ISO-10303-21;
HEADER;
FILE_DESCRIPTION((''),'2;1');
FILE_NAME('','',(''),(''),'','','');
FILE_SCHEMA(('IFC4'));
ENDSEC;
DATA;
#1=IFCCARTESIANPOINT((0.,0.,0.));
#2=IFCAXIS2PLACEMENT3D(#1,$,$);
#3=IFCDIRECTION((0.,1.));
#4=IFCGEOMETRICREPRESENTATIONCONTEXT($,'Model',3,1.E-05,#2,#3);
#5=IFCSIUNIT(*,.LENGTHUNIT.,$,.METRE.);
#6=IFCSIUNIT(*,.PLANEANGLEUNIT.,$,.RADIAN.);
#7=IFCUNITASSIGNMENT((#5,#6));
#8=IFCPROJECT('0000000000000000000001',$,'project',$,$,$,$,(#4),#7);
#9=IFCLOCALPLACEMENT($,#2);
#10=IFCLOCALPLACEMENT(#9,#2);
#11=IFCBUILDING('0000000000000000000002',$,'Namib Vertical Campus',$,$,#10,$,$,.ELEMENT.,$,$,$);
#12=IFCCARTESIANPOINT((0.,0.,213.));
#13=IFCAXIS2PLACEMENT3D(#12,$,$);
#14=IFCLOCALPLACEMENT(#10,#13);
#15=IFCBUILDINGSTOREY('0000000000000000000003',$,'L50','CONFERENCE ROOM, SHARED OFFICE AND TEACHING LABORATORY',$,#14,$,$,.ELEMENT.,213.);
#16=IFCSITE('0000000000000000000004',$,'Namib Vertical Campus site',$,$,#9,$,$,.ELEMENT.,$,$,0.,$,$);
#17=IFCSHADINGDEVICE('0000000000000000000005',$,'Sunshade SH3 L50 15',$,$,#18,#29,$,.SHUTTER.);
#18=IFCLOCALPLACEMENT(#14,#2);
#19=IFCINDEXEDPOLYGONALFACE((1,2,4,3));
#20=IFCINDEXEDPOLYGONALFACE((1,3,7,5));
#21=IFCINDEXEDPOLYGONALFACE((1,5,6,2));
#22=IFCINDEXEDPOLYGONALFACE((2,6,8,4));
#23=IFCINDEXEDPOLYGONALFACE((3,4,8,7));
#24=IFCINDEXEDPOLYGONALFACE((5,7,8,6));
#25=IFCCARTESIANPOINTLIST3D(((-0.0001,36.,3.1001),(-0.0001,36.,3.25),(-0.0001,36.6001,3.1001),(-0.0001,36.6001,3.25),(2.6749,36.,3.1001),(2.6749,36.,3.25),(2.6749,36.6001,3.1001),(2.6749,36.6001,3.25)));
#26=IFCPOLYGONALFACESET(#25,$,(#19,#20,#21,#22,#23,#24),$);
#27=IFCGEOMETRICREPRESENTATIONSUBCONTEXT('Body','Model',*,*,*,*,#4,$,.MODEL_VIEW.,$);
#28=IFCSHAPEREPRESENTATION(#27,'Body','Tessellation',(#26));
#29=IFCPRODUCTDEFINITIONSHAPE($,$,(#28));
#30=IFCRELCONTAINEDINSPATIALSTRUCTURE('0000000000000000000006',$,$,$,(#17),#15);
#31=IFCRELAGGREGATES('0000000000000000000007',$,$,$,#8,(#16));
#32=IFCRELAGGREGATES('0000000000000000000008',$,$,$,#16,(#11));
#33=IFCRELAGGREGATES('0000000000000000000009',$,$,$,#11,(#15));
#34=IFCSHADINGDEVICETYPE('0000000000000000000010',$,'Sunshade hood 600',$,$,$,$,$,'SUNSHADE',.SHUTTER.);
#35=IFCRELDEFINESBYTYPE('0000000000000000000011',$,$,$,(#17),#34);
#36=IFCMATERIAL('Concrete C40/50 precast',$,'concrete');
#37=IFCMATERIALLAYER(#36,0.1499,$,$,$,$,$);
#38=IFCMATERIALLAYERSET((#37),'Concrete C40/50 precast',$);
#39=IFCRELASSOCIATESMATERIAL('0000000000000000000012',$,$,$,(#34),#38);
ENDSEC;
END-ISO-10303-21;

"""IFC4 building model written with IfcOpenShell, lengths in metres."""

from ifc_helpers import new_model, si_unit, direction, frame, origin, origin_2d, place, context, subcontext, project, spatial, rectangle, extrude, material, layer, layer_set, type_object, element, save


model = new_model("IFC4")

# Units and contexts
model_context = context("Model", 3, precision=1e-05, world=origin(), true_north=direction((0.0, 1.0)))
body_context = subcontext(model_context, "Body", "Model", "MODEL_VIEW")
ifc_project = project(units=[si_unit("LENGTHUNIT", "METRE"), si_unit("PLANEANGLEUNIT", "RADIAN")], contexts=[model_context])

# Site, building, storey
site_placement = place(None, origin())
site = spatial("IfcSite", under=ifc_project, at=site_placement, Name="Namib Vertical Campus site", CompositionType="ELEMENT", RefElevation=0.0)
building_placement = place(site_placement, origin())
building = spatial("IfcBuilding", under=site, at=building_placement, Name="Namib Vertical Campus", CompositionType="ELEMENT")
storey_placement = place(building_placement, frame((0.0, 0.0, 213.0)))
storey = spatial("IfcBuildingStorey", under=building, at=storey_placement, Name="L50", Description="CONFERENCE ROOM, SHARED OFFICE AND TEACHING LABORATORY", CompositionType="ELEMENT", Elevation=213.0)

# Shading device
ifc_material_1 = material(Name="Concrete C40/50 precast", Category="concrete")
ifc_layer_1 = layer(ifc_material_1, 0.1499)
ifc_layer_set_1 = layer_set([ifc_layer_1], Name="Concrete C40/50 precast")
shading_device_type = type_object("IfcShadingDeviceType", Name="Sunshade hood 600", ElementType="SUNSHADE", PredefinedType="SHUTTER", material=ifc_layer_set_1)
for number, where, z_axis, x_axis, name in (
    (1, (1.3374, 36.3, 3.1001), (0.0, 0.0, 1.0), (-1.0, 0.0, 0.0), "Sunshade SH3 L50 15"),
):
    element("IfcShadingDevice", number, at=place(storey_placement, frame(where, z_axis=z_axis, x_axis=x_axis)), inside=storey, type_object=shading_device_type, Name=name, PredefinedType="SHUTTER", context=body_context, shape_type="SweptSolid", body=[
        extrude(rectangle(XDim=2.675, YDim=0.6001, at=origin_2d()), origin(), (0.0, 0.0, 1.0), 0.1499),
    ])

save(model, "model.ifc")
